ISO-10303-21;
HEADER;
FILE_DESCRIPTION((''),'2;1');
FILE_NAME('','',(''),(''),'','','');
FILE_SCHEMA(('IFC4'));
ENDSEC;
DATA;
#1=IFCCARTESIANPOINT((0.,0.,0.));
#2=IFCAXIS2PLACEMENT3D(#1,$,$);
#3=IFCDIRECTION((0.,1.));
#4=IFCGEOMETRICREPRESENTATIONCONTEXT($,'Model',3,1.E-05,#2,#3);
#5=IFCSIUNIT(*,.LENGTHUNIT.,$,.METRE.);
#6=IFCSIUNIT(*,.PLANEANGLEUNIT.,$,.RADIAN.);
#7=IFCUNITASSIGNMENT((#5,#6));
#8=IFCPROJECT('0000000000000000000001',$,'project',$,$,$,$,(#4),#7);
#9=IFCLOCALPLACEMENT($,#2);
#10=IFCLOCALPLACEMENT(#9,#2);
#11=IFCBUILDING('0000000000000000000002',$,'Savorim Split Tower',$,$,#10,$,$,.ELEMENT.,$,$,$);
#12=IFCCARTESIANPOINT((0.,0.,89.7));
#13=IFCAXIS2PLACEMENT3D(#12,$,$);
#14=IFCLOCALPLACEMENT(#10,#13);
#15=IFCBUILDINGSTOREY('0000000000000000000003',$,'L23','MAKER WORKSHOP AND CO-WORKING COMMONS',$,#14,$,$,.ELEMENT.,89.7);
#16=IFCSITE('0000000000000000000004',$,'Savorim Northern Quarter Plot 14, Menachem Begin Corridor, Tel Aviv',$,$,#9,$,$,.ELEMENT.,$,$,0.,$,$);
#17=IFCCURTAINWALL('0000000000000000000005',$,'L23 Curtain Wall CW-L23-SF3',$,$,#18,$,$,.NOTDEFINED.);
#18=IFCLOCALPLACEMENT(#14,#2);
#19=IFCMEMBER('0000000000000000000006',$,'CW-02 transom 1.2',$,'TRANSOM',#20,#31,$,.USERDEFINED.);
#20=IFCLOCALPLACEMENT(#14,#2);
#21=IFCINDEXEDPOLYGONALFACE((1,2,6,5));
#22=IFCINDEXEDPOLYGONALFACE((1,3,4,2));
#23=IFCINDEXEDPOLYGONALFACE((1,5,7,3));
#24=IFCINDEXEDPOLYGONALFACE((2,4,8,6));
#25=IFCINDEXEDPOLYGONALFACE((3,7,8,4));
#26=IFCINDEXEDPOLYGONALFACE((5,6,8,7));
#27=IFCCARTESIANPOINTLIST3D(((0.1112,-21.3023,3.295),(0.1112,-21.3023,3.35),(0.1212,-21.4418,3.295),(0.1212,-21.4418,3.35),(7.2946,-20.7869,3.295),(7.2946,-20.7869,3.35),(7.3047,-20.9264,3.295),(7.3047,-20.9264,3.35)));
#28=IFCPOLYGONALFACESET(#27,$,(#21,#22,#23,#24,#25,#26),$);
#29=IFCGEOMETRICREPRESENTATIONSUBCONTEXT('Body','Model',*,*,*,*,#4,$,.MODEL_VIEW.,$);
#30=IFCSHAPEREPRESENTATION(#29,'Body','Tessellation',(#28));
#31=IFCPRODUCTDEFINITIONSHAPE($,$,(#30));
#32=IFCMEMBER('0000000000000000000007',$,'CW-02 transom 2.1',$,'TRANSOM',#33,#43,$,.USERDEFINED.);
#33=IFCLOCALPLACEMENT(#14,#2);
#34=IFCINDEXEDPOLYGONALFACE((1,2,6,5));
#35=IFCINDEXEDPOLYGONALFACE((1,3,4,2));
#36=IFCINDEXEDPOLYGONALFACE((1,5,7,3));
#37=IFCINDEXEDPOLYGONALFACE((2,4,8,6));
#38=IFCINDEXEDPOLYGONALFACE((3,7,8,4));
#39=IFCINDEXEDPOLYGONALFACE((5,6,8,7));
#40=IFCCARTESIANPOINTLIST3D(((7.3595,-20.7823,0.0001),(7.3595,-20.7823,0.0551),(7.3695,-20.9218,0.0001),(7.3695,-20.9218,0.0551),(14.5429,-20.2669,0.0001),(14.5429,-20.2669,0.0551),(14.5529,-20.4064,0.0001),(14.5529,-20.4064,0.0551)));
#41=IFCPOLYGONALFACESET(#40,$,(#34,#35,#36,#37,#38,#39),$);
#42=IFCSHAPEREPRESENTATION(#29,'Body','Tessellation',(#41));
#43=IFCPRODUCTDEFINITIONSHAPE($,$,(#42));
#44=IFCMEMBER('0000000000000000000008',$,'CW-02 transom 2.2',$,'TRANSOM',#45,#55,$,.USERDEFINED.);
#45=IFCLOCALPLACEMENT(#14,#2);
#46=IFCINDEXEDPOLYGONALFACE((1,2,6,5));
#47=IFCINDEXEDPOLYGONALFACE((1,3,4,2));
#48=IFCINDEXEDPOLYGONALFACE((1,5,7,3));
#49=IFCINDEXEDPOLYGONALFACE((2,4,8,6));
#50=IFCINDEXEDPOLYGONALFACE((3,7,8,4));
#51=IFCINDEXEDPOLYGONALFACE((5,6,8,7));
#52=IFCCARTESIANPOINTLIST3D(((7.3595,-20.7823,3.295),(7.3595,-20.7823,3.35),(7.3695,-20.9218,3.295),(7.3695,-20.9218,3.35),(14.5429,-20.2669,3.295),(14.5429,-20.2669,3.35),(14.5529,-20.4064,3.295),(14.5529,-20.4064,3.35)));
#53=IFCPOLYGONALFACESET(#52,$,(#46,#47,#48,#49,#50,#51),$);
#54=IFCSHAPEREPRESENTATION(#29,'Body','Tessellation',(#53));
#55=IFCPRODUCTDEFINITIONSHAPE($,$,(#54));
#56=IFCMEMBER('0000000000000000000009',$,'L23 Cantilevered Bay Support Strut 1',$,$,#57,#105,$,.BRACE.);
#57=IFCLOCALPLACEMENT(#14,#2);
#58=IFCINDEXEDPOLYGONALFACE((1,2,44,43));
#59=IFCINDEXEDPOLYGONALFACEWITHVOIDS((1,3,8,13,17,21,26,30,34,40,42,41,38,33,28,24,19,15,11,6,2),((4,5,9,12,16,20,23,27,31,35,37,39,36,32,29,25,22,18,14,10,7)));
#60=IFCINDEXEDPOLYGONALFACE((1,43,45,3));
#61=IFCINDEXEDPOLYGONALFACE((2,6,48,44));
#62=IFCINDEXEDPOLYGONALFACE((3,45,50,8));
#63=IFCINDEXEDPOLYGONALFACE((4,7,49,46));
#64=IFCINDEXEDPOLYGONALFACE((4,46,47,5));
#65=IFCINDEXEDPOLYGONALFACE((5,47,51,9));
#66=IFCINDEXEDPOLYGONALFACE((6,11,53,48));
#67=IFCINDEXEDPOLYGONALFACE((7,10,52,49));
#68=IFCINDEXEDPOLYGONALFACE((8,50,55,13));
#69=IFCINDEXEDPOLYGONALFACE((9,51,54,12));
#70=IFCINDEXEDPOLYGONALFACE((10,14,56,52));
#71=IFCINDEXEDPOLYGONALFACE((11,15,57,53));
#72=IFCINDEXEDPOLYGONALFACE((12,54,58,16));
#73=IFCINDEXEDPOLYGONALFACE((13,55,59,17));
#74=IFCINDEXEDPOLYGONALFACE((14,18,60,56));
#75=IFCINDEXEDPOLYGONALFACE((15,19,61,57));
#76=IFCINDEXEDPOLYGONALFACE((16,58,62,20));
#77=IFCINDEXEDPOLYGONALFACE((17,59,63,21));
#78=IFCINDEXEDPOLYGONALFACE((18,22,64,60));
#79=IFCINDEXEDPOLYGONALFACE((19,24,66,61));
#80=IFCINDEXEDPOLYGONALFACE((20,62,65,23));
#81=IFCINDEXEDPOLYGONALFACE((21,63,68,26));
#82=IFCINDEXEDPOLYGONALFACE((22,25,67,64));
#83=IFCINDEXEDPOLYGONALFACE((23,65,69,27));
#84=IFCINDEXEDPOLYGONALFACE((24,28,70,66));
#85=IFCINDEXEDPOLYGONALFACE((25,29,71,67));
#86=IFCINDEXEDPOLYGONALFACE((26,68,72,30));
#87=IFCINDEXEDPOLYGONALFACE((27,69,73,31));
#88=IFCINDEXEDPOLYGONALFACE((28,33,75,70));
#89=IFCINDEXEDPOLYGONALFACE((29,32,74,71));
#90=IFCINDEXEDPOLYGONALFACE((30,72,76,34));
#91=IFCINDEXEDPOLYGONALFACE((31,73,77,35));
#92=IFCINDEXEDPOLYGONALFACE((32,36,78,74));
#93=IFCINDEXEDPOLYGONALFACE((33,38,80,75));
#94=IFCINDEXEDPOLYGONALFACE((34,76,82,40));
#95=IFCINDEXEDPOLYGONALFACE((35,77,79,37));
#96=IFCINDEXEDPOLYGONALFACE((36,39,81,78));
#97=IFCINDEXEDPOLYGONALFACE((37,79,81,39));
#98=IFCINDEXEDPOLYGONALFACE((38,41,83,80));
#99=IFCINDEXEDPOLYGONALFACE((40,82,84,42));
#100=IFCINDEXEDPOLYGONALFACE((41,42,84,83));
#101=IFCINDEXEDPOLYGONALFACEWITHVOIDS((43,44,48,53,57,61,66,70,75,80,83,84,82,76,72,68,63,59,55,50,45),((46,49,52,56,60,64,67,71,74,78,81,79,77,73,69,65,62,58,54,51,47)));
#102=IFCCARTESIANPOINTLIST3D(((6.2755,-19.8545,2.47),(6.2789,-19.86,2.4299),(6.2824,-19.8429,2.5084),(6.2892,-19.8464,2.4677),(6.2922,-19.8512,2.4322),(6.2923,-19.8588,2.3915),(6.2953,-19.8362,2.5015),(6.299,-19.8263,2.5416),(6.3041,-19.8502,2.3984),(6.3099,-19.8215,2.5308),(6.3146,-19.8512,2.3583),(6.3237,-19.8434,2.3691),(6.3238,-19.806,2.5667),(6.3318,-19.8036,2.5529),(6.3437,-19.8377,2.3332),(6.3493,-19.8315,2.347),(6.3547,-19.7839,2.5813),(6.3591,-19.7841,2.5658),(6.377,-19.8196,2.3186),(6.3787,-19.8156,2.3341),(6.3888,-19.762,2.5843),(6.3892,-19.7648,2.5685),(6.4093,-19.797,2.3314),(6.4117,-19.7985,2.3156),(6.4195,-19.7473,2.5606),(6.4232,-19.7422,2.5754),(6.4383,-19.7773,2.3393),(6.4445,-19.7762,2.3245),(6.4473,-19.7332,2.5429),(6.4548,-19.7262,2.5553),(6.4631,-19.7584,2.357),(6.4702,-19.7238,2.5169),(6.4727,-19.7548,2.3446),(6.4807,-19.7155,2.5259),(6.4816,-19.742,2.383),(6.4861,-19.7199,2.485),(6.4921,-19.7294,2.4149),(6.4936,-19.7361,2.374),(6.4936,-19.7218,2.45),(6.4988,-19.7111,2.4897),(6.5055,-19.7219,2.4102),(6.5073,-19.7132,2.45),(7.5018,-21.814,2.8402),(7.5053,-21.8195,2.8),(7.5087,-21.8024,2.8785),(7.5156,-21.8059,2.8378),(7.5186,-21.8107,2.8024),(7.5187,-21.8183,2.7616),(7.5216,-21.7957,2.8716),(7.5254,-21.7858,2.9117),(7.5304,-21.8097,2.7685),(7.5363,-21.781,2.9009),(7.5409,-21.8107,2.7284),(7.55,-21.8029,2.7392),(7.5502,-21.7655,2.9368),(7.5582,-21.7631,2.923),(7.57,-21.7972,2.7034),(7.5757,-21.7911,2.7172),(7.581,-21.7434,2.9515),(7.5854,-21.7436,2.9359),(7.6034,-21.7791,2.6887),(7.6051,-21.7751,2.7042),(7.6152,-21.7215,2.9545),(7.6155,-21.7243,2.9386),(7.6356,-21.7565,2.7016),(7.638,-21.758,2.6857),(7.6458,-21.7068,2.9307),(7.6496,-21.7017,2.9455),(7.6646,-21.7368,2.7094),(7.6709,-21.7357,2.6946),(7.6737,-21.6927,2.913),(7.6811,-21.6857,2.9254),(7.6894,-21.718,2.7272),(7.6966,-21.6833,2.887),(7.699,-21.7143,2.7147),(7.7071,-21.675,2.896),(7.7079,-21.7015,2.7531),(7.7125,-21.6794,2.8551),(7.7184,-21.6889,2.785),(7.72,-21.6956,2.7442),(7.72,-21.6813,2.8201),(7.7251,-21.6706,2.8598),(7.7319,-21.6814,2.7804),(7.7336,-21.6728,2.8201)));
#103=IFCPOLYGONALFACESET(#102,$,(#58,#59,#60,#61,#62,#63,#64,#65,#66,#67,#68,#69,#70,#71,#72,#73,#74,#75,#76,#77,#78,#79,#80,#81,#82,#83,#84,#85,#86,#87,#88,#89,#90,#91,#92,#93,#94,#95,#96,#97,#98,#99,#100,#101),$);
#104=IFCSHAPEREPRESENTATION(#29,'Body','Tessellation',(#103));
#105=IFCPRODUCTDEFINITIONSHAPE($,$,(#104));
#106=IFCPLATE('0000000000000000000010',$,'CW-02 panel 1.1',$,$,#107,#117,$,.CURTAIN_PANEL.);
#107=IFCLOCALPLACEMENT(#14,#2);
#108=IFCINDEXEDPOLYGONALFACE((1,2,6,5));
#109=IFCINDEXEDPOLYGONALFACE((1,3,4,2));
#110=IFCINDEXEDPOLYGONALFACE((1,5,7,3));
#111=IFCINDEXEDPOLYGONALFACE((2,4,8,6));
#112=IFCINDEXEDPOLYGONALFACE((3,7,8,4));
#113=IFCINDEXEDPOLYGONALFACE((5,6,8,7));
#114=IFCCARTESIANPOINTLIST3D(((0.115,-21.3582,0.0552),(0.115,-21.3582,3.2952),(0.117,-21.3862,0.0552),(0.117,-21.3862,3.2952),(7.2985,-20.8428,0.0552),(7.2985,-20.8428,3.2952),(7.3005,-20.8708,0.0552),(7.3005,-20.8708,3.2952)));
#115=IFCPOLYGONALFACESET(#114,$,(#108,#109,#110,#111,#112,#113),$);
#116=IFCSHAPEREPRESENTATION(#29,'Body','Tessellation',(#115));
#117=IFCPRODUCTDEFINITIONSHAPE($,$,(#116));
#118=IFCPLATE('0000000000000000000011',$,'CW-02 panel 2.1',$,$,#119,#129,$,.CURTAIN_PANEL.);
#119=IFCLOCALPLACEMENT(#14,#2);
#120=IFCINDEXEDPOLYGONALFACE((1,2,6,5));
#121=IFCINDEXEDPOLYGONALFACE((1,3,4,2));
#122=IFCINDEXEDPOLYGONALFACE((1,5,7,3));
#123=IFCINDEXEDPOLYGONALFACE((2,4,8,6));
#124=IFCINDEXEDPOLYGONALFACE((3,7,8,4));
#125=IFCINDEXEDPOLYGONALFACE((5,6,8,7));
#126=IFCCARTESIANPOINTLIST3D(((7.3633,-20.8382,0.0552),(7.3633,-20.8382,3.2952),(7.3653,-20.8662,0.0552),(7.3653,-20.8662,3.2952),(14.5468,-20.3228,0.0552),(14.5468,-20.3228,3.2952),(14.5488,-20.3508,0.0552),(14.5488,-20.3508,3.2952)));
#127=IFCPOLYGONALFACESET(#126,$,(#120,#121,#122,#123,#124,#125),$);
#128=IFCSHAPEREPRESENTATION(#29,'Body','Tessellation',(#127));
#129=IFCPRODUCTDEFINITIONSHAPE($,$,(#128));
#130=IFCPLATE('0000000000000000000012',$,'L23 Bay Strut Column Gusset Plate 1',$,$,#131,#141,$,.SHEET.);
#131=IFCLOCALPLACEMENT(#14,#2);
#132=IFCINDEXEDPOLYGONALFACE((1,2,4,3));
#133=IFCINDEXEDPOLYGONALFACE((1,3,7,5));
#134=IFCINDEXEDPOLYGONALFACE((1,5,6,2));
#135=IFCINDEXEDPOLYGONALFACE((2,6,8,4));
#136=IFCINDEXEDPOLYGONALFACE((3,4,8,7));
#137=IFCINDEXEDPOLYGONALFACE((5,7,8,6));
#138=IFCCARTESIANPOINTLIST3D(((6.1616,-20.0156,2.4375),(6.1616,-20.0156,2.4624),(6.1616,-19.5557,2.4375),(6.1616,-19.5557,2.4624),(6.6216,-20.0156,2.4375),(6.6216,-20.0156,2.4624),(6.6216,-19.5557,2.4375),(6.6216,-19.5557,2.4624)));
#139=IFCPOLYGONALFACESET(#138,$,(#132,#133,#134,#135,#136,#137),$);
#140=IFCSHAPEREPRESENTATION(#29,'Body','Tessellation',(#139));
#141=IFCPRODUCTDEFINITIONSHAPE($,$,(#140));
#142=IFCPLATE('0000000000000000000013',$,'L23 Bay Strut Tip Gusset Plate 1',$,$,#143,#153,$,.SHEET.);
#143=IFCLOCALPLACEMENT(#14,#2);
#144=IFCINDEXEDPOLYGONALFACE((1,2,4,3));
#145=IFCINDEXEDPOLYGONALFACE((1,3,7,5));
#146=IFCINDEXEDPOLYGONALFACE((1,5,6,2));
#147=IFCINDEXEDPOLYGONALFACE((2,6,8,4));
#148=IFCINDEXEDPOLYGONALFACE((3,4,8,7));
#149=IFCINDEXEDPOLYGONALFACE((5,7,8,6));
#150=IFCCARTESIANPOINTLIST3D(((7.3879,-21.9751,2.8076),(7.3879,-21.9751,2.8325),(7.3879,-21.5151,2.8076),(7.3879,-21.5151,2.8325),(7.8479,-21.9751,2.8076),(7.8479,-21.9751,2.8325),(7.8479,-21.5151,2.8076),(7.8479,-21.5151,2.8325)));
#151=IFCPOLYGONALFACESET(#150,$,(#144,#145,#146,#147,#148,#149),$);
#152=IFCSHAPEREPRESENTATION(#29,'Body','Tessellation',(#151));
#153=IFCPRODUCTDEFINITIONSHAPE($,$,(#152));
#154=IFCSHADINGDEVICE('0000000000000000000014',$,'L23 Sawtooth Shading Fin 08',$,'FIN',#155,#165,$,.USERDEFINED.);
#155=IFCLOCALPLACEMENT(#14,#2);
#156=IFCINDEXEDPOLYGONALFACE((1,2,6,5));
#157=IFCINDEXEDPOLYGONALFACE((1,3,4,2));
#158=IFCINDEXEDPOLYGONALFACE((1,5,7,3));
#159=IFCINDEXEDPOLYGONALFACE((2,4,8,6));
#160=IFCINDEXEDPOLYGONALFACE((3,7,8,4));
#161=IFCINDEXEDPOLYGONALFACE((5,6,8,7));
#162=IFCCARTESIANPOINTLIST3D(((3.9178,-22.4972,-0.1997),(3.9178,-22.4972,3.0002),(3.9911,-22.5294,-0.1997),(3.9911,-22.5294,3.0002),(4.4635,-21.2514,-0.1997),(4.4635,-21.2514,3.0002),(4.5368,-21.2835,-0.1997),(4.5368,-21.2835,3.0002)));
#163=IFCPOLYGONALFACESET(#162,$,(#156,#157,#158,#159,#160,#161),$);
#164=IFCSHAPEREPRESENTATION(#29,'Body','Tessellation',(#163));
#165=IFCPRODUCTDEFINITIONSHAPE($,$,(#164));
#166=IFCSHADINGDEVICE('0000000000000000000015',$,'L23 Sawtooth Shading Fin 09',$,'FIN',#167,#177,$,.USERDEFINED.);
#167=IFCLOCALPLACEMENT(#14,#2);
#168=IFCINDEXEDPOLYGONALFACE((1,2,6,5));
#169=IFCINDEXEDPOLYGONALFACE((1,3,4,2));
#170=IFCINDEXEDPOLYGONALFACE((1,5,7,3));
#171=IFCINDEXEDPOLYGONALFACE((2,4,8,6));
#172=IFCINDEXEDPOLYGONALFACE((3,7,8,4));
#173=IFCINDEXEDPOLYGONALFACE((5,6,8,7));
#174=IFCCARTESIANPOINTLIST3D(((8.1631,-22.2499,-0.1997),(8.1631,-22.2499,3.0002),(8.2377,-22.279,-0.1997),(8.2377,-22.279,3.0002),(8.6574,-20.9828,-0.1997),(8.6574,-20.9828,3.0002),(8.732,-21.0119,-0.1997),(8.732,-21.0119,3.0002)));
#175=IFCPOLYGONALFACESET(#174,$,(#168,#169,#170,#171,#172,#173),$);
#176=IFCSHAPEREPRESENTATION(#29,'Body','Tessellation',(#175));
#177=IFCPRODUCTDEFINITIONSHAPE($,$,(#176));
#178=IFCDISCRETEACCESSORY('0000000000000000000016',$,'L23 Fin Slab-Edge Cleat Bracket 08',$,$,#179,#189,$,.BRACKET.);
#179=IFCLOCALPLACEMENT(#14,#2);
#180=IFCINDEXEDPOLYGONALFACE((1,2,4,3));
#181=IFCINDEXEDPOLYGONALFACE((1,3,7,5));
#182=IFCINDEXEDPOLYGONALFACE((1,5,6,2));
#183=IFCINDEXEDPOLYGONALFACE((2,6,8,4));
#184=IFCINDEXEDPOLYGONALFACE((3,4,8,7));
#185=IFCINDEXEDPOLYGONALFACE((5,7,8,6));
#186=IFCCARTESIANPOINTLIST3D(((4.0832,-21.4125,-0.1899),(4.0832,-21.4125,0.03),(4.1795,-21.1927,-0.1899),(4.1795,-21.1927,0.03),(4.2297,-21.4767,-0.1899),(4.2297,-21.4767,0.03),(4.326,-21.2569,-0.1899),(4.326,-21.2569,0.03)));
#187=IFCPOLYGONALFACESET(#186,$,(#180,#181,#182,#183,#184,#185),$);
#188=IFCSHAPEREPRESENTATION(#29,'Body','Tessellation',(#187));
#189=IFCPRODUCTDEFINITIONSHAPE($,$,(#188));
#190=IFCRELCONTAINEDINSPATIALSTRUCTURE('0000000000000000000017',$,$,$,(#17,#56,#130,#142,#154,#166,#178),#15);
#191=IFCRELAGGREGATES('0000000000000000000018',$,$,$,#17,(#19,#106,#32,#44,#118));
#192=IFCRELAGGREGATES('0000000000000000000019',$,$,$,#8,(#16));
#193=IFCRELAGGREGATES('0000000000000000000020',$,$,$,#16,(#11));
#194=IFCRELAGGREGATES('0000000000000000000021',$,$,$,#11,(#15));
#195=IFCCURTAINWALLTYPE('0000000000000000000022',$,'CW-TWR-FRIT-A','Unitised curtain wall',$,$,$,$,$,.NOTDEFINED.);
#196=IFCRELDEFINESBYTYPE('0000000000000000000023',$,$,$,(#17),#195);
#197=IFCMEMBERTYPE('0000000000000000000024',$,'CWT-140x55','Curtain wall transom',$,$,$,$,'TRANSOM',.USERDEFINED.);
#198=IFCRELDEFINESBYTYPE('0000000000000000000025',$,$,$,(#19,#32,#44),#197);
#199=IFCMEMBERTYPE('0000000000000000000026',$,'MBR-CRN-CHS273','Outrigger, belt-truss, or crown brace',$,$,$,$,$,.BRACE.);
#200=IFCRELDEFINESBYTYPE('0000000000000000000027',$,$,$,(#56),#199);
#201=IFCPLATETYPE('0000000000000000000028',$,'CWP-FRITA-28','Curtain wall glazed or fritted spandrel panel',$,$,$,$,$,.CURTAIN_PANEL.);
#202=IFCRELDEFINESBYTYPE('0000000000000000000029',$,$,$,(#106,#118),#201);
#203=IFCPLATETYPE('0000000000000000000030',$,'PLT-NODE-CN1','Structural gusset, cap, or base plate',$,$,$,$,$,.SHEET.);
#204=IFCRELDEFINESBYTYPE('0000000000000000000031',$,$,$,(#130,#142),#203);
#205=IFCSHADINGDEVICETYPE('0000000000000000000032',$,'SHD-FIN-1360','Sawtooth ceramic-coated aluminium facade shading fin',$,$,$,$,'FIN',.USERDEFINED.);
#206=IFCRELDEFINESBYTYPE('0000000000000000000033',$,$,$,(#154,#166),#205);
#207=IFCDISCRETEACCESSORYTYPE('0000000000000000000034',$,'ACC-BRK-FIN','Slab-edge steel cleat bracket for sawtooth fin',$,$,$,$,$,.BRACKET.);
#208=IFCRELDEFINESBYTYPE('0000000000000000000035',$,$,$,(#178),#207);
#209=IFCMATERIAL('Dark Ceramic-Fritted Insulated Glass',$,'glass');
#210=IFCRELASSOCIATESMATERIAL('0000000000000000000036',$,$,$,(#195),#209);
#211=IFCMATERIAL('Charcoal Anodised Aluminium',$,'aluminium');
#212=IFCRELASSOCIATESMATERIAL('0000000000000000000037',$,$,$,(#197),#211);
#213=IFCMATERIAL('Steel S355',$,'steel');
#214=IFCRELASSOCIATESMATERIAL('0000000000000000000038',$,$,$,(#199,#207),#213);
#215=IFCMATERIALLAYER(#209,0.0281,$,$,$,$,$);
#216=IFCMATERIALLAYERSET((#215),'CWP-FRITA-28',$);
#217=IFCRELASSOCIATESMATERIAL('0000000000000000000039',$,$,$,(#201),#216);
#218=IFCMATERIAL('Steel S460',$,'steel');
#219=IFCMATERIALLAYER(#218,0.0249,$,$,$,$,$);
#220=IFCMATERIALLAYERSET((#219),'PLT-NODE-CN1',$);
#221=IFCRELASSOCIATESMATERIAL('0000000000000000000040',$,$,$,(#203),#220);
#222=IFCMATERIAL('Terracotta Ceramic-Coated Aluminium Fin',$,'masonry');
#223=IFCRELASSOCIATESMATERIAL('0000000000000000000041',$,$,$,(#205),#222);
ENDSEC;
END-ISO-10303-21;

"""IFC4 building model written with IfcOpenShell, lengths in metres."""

from ifc_helpers import new_model, si_unit, direction, frame, origin, origin_2d, place, context, subcontext, project, spatial, rectangle, hollow_circle, extrude, material, layer, layer_set, material_profile, profile_set, type_object, element, aggregate, save


model = new_model("IFC4")

# Units and contexts
model_context = context("Model", 3, precision=1e-05, world=origin(), true_north=direction((0.0, 1.0)))
body_context = subcontext(model_context, "Body", "Model", "MODEL_VIEW")
ifc_project = project(units=[si_unit("LENGTHUNIT", "METRE"), si_unit("PLANEANGLEUNIT", "RADIAN")], contexts=[model_context])

# Site, building, storey
site_placement = place(None, origin())
site = spatial("IfcSite", under=ifc_project, at=site_placement, Name="Savorim Northern Quarter Plot 14, Menachem Begin Corridor, Tel Aviv", CompositionType="ELEMENT", RefElevation=0.0)
building_placement = place(site_placement, origin())
building = spatial("IfcBuilding", under=site, at=building_placement, Name="Savorim Split Tower", CompositionType="ELEMENT")
storey_placement = place(building_placement, frame((0.0, 0.0, 89.7)))
storey = spatial("IfcBuildingStorey", under=building, at=storey_placement, Name="L23", Description="MAKER WORKSHOP AND CO-WORKING COMMONS", CompositionType="ELEMENT", Elevation=89.7)

# Shared definitions
ifc_material_1 = material(Name="Steel S460", Category="steel")

# Shared definitions
ifc_material_2 = material(Name="Steel S355", Category="steel")

# Curtain wall, members
ifc_material_3 = material(Name="Dark Ceramic-Fritted Insulated Glass", Category="glass")
curtain_wall_type = type_object("IfcCurtainWallType", Name="CW-TWR-FRIT-A", Description="Unitised curtain wall", PredefinedType="NOTDEFINED", material=ifc_material_3)
curtain_wall_placement = place(storey_placement, origin())
curtain_wall = element("IfcCurtainWall", 1, at=curtain_wall_placement, inside=storey, type_object=curtain_wall_type, Name="L23 Curtain Wall CW-L23-SF3", PredefinedType="NOTDEFINED")
ifc_material_4 = material(Name="Charcoal Anodised Aluminium", Category="aluminium")
ifc_material_profile_1 = material_profile(ifc_material_4, rectangle(XDim=0.1399, YDim=0.0549, at=origin_2d()), Name="ALU-T 140x55")
ifc_profile_set_1 = profile_set([ifc_material_profile_1], Name="Charcoal Anodised Aluminium")
member_type_1 = type_object("IfcMemberType", Name="CWT-140x55", Description="Curtain wall transom", ElementType="TRANSOM", PredefinedType="USERDEFINED", material=ifc_profile_set_1)
member_1_placement = place(storey_placement, frame((0.1162, -21.3721, 3.3225), z_axis=(0.997436, 0.071563, 0.0), x_axis=(-0.071563, 0.997436, 0.0)))
member_1 = element("IfcMember", 2, at=member_1_placement, type_object=member_type_1, Name="CW-02 transom 1.2", ObjectType="TRANSOM", PredefinedType="USERDEFINED", context=body_context, shape_type="SweptSolid", body=[
    extrude(rectangle(XDim=0.1399, YDim=0.0549, at=origin_2d()), origin(), (0.0, 0.0, 1.0), 7.2019),
])
member_2_placement = place(storey_placement, frame((7.3645, -20.8521, 0.0276), z_axis=(0.997436, 0.071563, 0.0), x_axis=(-0.071563, 0.997436, 0.0)))
member_2 = element("IfcMember", 3, at=member_2_placement, type_object=member_type_1, Name="CW-02 transom 2.1", ObjectType="TRANSOM", PredefinedType="USERDEFINED", context=body_context, shape_type="SweptSolid", body=[
    extrude(rectangle(XDim=0.1399, YDim=0.0549, at=origin_2d()), origin(), (0.0, 0.0, 1.0), 7.2019),
])
member_3_placement = place(storey_placement, frame((7.3645, -20.8521, 3.3225), z_axis=(0.997436, 0.071563, 0.0), x_axis=(-0.071563, 0.997436, 0.0)))
member_3 = element("IfcMember", 4, at=member_3_placement, type_object=member_type_1, Name="CW-02 transom 2.2", ObjectType="TRANSOM", PredefinedType="USERDEFINED", context=body_context, shape_type="SweptSolid", body=[
    extrude(rectangle(XDim=0.1399, YDim=0.0549, at=origin_2d()), origin(), (0.0, 0.0, 1.0), 7.2019),
])

# Member
ifc_material_profile_2 = material_profile(ifc_material_2, hollow_circle(Radius=0.1365, WallThickness=0.0161, at=origin_2d()), Name="CHS 273x16")
ifc_profile_set_2 = profile_set([ifc_material_profile_2], Name="Steel S355")
member_type_2 = type_object("IfcMemberType", Name="MBR-CRN-CHS273", Description="Outrigger, belt-truss, or crown brace", PredefinedType="BRACE", material=ifc_profile_set_2)
member_4_placement = place(storey_placement, frame((6.3916, -19.7856, 2.45), z_axis=(0.523839, -0.837016, 0.158101), x_axis=(0.847678, 0.530511, 0.0)))
element("IfcMember", 5, at=member_4_placement, inside=storey, type_object=member_type_2, Name="L23 Cantilevered Bay Support Strut 1", PredefinedType="BRACE", context=body_context, shape_type="SweptSolid", body=[
    extrude(hollow_circle(Radius=0.1365, WallThickness=0.0161, at=origin_2d()), origin(), (0.0, 0.0, 1.0), 2.3411),
])

# Plates
ifc_layer_1 = layer(ifc_material_3, 0.0281)
ifc_layer_set_1 = layer_set([ifc_layer_1], Name="CWP-FRITA-28")
plate_type_1 = type_object("IfcPlateType", Name="CWP-FRITA-28", Description="Curtain wall glazed or fritted spandrel panel", PredefinedType="CURTAIN_PANEL", material=ifc_layer_set_1)
plate_1_placement = place(storey_placement, frame((3.7078, -21.1145, 0.0552), z_axis=(0.0, 0.0, 1.0), x_axis=(0.997436, 0.071561, 0.0)))
plate_1 = element("IfcPlate", 6, at=plate_1_placement, type_object=plate_type_1, Name="CW-02 panel 1.1", PredefinedType="CURTAIN_PANEL", context=body_context, shape_type="SweptSolid", body=[
    extrude(rectangle(XDim=7.2019, YDim=0.0281, at=origin_2d()), origin(), (0.0, 0.0, 1.0), 3.24),
])
plate_2_placement = place(storey_placement, frame((10.9561, -20.5945, 0.0552), z_axis=(0.0, 0.0, 1.0), x_axis=(0.997436, 0.071561, 0.0)))
plate_2 = element("IfcPlate", 7, at=plate_2_placement, type_object=plate_type_1, Name="CW-02 panel 2.1", PredefinedType="CURTAIN_PANEL", context=body_context, shape_type="SweptSolid", body=[
    extrude(rectangle(XDim=7.2019, YDim=0.0281, at=origin_2d()), origin(), (0.0, 0.0, 1.0), 3.24),
])
aggregate(curtain_wall, [member_1, plate_1, member_2, member_3, plate_2])

# Plates
ifc_layer_2 = layer(ifc_material_1, 0.0249)
ifc_layer_set_2 = layer_set([ifc_layer_2], Name="PLT-NODE-CN1")
plate_type_2 = type_object("IfcPlateType", Name="PLT-NODE-CN1", Description="Structural gusset, cap, or base plate", PredefinedType="SHEET", material=ifc_layer_set_2)
for number, where, z_axis, x_axis, name in (
    (8, (6.3916, -19.7856, 2.4375), (0.0, 0.0, 1.0), (1.0, 0.0, 0.0), "L23 Bay Strut Column Gusset Plate 1"),
    (9, (7.6179, -21.7451, 2.8076), (0.0, 0.0, 1.0), (1.0, 0.0, 0.0), "L23 Bay Strut Tip Gusset Plate 1"),
):
    element("IfcPlate", number, at=place(storey_placement, frame(where, z_axis=z_axis, x_axis=x_axis)), inside=storey, type_object=plate_type_2, Name=name, PredefinedType="SHEET", context=body_context, shape_type="SweptSolid", body=[
        extrude(rectangle(XDim=0.46, YDim=0.46, at=origin_2d()), origin(), (0.0, 0.0, 1.0), 0.0249),
    ])

# Shading devices
ifc_material_5 = material(Name="Terracotta Ceramic-Coated Aluminium Fin", Category="masonry")
shading_device_type = type_object("IfcShadingDeviceType", Name="SHD-FIN-1360", Description="Sawtooth ceramic-coated aluminium facade shading fin", ElementType="FIN", PredefinedType="USERDEFINED", material=ifc_material_5)
for number, where, z_axis, x_axis, name in (
    (10, (4.2273, -21.8904, -0.1997), (0.0, 0.0, 1.0), (-0.40123, -0.915977, 0.0), "L23 Sawtooth Shading Fin 08"),
    (11, (8.4475, -21.6309, -0.1997), (0.0, 0.0, 1.0), (-0.363415, -0.931627, 0.0), "L23 Sawtooth Shading Fin 09"),
):
    element("IfcShadingDevice", number, at=place(storey_placement, frame(where, z_axis=z_axis, x_axis=x_axis)), inside=storey, type_object=shading_device_type, Name=name, ObjectType="FIN", PredefinedType="USERDEFINED", context=body_context, shape_type="SweptSolid", body=[
        extrude(rectangle(XDim=1.3601, YDim=0.0801, at=origin_2d()), origin(), (0.0, 0.0, 1.0), 3.2),
    ])

# Discrete accessory
discrete_accessory_type = type_object("IfcDiscreteAccessoryType", Name="ACC-BRK-FIN", Description="Slab-edge steel cleat bracket for sawtooth fin", PredefinedType="BRACKET", material=ifc_material_2)
for number, where, z_axis, x_axis, name in (
    (12, (4.2046, -21.3347, -0.1899), (0.0, 0.0, 1.0), (-0.40123, -0.915977, 0.0), "L23 Fin Slab-Edge Cleat Bracket 08"),
):
    element("IfcDiscreteAccessory", number, at=place(storey_placement, frame(where, z_axis=z_axis, x_axis=x_axis)), inside=storey, type_object=discrete_accessory_type, Name=name, PredefinedType="BRACKET", context=body_context, shape_type="SweptSolid", body=[
        extrude(rectangle(XDim=0.24, YDim=0.1599, at=origin_2d()), origin(), (0.0, 0.0, 1.0), 0.22),
    ])

save(model, "model.ifc")
